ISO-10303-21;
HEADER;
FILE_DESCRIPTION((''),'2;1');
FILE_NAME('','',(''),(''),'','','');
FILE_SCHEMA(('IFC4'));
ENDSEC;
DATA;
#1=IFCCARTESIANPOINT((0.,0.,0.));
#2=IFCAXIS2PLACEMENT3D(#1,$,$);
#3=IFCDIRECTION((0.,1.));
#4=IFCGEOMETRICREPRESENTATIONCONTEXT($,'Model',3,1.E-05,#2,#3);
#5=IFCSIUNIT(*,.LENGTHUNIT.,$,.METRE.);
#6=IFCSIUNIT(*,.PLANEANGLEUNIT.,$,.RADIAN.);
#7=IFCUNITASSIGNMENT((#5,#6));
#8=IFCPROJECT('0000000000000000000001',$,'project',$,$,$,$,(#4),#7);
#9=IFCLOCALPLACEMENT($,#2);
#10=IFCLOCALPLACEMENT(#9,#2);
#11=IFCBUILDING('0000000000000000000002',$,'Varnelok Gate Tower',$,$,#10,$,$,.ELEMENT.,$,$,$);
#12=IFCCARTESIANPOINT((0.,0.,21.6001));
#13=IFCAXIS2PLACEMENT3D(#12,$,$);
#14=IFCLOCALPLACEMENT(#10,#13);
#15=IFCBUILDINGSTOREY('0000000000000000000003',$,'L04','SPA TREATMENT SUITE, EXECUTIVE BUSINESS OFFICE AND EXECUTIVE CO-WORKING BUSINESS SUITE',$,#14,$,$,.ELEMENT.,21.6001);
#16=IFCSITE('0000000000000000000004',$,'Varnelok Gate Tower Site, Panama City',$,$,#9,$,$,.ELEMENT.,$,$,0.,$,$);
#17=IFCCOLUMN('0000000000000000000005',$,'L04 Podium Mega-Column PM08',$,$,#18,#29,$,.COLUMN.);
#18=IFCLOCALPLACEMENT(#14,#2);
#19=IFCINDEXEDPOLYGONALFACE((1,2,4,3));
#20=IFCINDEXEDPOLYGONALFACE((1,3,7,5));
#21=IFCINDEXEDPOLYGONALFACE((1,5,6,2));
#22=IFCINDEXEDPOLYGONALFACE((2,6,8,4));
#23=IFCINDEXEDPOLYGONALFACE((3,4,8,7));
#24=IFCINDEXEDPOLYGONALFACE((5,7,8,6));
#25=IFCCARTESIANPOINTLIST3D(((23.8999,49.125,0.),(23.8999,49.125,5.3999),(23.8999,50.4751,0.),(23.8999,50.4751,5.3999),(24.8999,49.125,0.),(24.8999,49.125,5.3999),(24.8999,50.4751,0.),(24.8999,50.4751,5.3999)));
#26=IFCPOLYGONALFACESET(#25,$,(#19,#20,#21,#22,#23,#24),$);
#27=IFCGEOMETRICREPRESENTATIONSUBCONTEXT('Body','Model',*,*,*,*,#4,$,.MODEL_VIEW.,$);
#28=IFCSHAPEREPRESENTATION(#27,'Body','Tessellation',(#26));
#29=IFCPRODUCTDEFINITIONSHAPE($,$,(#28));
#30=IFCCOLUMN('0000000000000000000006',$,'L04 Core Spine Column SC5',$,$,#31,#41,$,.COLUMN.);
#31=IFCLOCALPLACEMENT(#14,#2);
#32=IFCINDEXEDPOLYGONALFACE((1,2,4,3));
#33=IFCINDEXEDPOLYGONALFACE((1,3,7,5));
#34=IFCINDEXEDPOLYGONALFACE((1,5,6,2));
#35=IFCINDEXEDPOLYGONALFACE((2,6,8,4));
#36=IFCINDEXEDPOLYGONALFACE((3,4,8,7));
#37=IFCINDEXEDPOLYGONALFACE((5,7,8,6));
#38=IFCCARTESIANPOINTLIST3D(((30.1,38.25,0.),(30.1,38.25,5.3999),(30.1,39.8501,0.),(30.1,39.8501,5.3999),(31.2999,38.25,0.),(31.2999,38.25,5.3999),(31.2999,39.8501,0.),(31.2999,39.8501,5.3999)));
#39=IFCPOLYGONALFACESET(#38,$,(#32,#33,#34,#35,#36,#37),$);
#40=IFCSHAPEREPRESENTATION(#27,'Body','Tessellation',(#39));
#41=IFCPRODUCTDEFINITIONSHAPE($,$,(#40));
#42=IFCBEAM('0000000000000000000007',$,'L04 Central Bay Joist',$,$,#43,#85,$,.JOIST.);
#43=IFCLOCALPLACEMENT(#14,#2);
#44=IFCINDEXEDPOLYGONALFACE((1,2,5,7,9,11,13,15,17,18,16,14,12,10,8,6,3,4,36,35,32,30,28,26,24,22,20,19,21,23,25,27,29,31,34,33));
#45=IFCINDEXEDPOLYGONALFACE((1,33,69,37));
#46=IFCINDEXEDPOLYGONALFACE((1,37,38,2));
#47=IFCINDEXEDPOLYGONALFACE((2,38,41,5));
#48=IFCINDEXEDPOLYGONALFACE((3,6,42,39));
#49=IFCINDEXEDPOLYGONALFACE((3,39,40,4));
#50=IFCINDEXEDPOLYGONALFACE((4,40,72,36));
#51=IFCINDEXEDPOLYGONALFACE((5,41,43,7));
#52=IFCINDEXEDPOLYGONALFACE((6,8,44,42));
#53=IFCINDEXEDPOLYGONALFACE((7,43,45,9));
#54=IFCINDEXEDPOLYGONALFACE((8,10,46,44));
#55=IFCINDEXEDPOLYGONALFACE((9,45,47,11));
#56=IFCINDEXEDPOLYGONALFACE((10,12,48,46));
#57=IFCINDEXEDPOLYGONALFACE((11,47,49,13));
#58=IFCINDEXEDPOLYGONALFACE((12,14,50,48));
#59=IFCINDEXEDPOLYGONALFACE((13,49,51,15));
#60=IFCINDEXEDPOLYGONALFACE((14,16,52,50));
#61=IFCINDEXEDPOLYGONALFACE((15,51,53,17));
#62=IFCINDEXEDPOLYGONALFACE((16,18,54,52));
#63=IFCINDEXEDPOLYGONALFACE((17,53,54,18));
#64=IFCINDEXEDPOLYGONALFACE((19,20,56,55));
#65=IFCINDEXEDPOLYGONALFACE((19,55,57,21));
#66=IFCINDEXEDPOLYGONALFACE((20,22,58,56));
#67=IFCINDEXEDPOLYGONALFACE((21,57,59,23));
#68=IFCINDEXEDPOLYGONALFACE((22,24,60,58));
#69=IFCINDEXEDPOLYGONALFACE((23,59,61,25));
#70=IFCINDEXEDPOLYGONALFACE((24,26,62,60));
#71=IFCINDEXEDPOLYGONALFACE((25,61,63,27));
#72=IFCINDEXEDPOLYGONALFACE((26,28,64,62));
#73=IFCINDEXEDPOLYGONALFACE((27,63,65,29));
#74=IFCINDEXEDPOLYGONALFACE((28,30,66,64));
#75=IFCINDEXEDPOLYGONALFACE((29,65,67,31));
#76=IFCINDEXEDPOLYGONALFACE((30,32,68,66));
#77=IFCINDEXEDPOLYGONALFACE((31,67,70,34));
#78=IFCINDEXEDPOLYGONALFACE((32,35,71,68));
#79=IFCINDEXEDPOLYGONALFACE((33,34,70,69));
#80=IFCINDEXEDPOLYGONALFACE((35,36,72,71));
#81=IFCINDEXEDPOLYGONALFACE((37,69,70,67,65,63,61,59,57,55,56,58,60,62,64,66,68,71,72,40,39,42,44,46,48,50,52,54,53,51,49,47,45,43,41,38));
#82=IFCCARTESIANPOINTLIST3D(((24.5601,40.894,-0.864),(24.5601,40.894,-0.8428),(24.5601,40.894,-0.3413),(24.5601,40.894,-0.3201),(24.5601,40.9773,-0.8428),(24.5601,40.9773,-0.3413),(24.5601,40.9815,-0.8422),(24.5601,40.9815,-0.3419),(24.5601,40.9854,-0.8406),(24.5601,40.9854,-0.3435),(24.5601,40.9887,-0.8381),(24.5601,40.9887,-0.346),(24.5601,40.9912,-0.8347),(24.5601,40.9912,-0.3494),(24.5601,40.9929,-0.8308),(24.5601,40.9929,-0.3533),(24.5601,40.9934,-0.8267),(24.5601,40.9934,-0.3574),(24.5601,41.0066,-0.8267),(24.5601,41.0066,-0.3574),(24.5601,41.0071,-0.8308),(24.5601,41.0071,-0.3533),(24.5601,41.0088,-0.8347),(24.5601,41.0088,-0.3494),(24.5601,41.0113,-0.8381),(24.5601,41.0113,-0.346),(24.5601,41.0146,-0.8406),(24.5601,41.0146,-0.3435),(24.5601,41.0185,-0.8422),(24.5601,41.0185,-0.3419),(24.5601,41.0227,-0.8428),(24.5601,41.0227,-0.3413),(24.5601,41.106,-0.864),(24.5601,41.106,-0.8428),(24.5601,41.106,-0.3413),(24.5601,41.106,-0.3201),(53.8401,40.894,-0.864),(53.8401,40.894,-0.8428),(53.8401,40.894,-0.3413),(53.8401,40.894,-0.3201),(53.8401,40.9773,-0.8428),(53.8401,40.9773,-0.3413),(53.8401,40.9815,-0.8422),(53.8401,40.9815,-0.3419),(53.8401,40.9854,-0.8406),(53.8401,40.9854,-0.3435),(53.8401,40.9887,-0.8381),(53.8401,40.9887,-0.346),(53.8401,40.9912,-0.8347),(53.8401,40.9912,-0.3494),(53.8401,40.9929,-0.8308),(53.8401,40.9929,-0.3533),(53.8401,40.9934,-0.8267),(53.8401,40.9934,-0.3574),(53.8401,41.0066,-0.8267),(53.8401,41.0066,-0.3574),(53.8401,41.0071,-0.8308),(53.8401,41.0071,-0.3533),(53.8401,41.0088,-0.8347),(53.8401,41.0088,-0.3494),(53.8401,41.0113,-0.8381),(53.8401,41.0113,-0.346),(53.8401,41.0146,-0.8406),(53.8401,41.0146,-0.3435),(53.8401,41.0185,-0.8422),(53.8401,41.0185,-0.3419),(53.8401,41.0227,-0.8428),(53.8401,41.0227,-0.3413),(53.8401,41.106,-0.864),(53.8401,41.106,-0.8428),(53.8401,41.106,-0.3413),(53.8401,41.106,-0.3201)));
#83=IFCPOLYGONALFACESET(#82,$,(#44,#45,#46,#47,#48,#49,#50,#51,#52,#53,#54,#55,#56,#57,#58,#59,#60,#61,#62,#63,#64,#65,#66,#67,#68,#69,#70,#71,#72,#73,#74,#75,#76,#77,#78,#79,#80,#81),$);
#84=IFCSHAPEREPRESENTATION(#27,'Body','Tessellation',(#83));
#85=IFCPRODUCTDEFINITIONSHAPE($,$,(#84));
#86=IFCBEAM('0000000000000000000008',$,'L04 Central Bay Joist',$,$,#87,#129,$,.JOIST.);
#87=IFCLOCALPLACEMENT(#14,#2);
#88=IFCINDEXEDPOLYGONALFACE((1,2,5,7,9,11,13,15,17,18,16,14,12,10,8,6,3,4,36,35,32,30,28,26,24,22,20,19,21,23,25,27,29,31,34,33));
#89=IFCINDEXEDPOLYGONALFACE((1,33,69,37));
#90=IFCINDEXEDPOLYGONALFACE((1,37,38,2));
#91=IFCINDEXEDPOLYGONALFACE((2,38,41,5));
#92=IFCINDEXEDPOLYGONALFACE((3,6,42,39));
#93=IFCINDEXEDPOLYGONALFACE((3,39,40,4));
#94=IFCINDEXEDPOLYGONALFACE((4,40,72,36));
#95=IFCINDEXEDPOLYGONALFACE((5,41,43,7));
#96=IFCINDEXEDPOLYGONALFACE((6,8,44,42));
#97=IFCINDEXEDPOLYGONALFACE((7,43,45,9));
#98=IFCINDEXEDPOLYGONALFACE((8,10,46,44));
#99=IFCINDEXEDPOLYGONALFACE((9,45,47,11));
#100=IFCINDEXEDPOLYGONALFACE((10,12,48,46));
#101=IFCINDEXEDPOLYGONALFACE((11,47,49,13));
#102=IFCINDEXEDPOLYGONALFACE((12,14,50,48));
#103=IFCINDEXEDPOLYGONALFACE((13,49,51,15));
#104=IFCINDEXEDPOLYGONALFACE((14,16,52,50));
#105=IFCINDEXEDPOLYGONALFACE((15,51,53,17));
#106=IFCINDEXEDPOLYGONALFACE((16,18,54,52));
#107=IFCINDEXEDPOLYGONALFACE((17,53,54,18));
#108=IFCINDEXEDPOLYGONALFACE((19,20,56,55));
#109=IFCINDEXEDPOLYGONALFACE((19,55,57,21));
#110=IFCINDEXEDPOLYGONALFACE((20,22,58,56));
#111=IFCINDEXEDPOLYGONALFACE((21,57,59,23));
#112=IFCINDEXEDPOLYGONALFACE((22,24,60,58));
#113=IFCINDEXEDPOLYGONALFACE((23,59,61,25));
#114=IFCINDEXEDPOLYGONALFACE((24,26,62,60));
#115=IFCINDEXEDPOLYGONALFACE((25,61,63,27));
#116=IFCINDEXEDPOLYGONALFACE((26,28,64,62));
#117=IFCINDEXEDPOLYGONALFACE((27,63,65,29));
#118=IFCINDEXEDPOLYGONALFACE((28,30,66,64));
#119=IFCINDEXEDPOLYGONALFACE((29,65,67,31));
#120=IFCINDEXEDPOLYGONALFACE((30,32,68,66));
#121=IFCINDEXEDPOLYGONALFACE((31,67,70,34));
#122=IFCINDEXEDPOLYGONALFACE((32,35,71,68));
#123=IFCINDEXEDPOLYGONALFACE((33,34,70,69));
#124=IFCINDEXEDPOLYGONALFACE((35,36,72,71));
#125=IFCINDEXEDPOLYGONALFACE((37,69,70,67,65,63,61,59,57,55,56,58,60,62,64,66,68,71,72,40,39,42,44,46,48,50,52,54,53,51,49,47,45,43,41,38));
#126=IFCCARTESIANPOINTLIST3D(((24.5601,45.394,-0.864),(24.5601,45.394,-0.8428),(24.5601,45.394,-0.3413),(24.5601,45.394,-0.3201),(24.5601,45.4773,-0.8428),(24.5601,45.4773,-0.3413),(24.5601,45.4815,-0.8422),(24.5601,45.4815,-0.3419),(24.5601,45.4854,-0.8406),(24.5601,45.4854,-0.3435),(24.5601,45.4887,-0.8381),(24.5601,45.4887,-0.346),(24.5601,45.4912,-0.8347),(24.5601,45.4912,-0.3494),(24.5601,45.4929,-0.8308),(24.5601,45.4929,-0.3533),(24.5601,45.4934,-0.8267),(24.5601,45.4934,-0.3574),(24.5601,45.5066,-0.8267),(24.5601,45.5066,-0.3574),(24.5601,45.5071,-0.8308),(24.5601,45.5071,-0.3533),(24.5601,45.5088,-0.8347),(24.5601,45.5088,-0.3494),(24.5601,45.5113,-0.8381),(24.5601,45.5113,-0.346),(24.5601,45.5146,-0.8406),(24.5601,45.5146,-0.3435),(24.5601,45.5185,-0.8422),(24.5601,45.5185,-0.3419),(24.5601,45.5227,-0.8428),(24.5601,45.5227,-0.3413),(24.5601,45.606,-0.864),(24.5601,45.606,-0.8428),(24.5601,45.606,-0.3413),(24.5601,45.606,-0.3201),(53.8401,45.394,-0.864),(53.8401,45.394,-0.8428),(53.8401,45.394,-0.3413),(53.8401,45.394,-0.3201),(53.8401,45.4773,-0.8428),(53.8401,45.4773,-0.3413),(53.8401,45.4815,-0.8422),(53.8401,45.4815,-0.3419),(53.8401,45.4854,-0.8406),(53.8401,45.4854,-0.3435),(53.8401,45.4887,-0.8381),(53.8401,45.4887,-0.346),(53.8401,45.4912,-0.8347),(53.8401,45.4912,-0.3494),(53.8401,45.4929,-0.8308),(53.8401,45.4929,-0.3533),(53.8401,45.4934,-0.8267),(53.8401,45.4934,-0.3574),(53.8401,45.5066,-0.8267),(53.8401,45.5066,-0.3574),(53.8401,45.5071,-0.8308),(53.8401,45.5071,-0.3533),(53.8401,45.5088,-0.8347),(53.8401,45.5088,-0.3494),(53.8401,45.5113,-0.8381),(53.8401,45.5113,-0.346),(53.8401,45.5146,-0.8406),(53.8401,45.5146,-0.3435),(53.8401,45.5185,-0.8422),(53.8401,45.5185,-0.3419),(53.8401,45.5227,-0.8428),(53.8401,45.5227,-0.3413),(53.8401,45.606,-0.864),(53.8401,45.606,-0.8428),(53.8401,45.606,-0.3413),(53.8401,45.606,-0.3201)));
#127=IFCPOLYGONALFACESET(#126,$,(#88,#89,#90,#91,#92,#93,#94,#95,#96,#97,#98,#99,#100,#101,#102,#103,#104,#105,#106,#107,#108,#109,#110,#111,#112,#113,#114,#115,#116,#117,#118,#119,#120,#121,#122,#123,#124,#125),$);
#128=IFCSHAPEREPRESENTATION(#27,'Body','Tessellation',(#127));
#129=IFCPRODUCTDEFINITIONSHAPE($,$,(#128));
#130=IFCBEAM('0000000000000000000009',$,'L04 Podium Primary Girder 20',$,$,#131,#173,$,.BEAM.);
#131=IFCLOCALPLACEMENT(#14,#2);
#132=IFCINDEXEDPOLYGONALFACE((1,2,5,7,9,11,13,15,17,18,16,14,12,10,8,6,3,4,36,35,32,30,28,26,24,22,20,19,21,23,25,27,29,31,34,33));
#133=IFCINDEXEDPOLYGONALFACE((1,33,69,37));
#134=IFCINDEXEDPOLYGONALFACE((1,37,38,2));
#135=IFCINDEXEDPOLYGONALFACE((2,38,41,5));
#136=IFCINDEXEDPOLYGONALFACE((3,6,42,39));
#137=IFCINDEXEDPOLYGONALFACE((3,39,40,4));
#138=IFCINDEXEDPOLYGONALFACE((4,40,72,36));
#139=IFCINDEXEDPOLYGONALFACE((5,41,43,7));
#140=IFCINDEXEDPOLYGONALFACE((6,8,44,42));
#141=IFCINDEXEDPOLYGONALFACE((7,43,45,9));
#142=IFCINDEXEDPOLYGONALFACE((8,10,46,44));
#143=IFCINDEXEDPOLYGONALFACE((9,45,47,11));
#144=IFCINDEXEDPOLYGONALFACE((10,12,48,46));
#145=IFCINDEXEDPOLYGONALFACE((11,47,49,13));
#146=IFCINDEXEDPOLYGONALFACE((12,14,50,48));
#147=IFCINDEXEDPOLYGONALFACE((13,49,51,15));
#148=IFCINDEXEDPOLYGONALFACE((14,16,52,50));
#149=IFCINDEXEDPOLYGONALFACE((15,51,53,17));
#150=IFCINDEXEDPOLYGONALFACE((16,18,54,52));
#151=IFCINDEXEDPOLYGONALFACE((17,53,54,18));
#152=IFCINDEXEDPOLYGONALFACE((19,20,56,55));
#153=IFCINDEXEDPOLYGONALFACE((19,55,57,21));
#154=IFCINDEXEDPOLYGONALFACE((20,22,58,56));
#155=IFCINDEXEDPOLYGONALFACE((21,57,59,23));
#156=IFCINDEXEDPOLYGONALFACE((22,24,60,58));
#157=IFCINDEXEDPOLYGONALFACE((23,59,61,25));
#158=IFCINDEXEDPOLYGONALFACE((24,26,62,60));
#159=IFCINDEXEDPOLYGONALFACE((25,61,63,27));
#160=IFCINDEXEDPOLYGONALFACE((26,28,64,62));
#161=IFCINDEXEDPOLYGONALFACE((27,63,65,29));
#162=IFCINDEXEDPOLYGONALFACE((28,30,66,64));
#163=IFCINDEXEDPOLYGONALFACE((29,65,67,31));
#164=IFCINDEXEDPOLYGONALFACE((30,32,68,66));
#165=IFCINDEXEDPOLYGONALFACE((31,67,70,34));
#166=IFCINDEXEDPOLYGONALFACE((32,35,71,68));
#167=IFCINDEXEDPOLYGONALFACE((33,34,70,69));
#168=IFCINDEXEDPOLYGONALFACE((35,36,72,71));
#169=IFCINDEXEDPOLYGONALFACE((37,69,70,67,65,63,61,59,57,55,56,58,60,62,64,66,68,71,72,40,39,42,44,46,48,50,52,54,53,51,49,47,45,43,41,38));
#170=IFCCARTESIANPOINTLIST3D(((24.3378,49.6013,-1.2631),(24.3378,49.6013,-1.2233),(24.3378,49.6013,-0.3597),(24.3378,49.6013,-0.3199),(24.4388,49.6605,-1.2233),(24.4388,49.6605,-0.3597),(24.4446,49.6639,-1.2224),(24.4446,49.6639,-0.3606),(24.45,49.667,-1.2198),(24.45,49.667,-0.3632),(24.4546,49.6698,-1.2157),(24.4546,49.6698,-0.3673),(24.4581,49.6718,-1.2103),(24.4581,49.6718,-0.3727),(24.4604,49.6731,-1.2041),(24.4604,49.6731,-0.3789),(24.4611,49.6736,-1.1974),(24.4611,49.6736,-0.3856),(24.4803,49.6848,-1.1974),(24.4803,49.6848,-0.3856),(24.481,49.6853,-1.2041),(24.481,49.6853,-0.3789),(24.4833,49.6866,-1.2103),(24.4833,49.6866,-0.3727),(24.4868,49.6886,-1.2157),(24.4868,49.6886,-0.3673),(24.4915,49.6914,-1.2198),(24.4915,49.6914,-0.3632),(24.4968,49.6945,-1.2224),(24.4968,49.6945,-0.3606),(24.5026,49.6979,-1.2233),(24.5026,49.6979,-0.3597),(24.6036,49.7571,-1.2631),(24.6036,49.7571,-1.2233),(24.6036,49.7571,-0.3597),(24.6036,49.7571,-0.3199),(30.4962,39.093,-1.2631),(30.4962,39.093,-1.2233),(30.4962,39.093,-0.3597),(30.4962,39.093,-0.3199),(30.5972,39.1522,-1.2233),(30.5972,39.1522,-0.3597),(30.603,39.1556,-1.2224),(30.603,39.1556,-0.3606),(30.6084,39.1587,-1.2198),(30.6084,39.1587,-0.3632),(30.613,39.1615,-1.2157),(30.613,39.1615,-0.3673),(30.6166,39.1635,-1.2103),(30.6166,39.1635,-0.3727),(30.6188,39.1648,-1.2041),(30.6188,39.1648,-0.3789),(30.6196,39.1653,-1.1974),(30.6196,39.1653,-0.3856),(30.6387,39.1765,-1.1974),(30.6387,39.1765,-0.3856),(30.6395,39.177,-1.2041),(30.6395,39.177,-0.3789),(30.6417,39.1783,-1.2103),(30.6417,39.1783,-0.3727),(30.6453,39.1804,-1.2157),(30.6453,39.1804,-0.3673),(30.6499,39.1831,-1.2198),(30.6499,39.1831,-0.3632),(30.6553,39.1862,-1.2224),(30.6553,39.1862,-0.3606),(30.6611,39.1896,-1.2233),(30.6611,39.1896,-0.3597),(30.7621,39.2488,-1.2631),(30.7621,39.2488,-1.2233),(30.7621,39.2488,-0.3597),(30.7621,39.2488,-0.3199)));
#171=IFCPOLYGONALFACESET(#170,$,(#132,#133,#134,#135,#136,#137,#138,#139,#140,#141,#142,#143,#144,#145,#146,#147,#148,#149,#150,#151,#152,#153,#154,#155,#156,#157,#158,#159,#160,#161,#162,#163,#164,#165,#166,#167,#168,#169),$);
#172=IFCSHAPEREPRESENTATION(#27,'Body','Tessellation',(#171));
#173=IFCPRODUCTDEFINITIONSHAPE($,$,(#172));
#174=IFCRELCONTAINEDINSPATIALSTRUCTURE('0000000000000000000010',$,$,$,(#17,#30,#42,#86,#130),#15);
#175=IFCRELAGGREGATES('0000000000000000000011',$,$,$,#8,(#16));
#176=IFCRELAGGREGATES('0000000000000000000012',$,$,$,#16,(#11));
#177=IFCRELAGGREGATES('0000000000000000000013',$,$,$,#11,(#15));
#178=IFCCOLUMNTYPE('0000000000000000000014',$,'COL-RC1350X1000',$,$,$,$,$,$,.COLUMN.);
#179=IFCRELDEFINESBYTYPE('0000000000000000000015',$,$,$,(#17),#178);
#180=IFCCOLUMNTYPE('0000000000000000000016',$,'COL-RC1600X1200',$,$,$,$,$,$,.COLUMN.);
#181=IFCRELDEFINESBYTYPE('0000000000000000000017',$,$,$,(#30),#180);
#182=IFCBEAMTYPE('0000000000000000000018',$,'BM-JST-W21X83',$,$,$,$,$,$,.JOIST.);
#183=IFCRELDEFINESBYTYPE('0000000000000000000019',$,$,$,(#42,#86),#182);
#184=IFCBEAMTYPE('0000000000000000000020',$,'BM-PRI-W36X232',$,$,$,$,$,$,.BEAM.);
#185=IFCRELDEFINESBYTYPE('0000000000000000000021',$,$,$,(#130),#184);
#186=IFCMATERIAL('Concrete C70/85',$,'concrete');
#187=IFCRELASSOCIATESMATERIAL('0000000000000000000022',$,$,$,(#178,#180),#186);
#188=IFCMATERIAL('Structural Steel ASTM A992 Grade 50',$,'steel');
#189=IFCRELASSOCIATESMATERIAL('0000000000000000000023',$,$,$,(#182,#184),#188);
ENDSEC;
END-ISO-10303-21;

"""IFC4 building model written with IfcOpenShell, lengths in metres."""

from ifc_helpers import new_model, si_unit, direction, frame, origin, origin_2d, place, context, subcontext, project, spatial, rectangle, i_section, extrude, material, material_profile, profile_set, type_object, element, save


model = new_model("IFC4")

# Units and contexts
model_context = context("Model", 3, precision=1e-05, world=origin(), true_north=direction((0.0, 1.0)))
body_context = subcontext(model_context, "Body", "Model", "MODEL_VIEW")
ifc_project = project(units=[si_unit("LENGTHUNIT", "METRE"), si_unit("PLANEANGLEUNIT", "RADIAN")], contexts=[model_context])

# Site, building, storey
site_placement = place(None, origin())
site = spatial("IfcSite", under=ifc_project, at=site_placement, Name="Varnelok Gate Tower Site, Panama City", CompositionType="ELEMENT", RefElevation=0.0)
building_placement = place(site_placement, origin())
building = spatial("IfcBuilding", under=site, at=building_placement, Name="Varnelok Gate Tower", CompositionType="ELEMENT")
storey_placement = place(building_placement, frame((0.0, 0.0, 21.6001)))
storey = spatial("IfcBuildingStorey", under=building, at=storey_placement, Name="L04", Description="SPA TREATMENT SUITE, EXECUTIVE BUSINESS OFFICE AND EXECUTIVE CO-WORKING BUSINESS SUITE", CompositionType="ELEMENT", Elevation=21.6001)

# Columns
ifc_material_1 = material(Name="Concrete C70/85", Category="concrete")
ifc_material_profile_1 = material_profile(ifc_material_1, rectangle(XDim=1.0, YDim=1.3501, at=origin_2d()), Name="RC1350X1000")
ifc_profile_set_1 = profile_set([ifc_material_profile_1], Name="Concrete C70/85")
column_type_1 = type_object("IfcColumnType", Name="COL-RC1350X1000", PredefinedType="COLUMN", material=ifc_profile_set_1)
column_1_placement = place(storey_placement, frame((24.3999, 49.8, 0.0), z_axis=(0.0, 0.0, 1.0), x_axis=(1.0, 0.0, 0.0)))
element("IfcColumn", 1, at=column_1_placement, inside=storey, type_object=column_type_1, Name="L04 Podium Mega-Column PM08", PredefinedType="COLUMN", context=body_context, shape_type="SweptSolid", body=[
    extrude(rectangle(XDim=1.0, YDim=1.3501, at=origin_2d()), origin(), (0.0, 0.0, 1.0), 5.3999),
])
ifc_material_profile_2 = material_profile(ifc_material_1, rectangle(XDim=1.2, YDim=1.6001, at=origin_2d()), Name="RC1600X1200")
ifc_profile_set_2 = profile_set([ifc_material_profile_2], Name="Concrete C70/85")
column_type_2 = type_object("IfcColumnType", Name="COL-RC1600X1200", PredefinedType="COLUMN", material=ifc_profile_set_2)
column_2_placement = place(storey_placement, frame((30.7, 39.05, 0.0), z_axis=(0.0, 0.0, 1.0), x_axis=(1.0, 0.0, 0.0)))
element("IfcColumn", 2, at=column_2_placement, inside=storey, type_object=column_type_2, Name="L04 Core Spine Column SC5", PredefinedType="COLUMN", context=body_context, shape_type="SweptSolid", body=[
    extrude(rectangle(XDim=1.2, YDim=1.6001, at=origin_2d()), origin(), (0.0, 0.0, 1.0), 5.3999),
])

# Beams
ifc_material_2 = material(Name="Structural Steel ASTM A992 Grade 50", Category="steel")
ifc_material_profile_3 = material_profile(ifc_material_2, i_section(OverallWidth=0.2119, OverallDepth=0.5439, WebThickness=0.0132, FlangeThickness=0.0212, FilletRadius=0.0161, at=origin_2d()), Name="W21X83")
ifc_profile_set_3 = profile_set([ifc_material_profile_3], Name="Structural Steel ASTM A992 Grade 50")
beam_type_1 = type_object("IfcBeamType", Name="BM-JST-W21X83", PredefinedType="JOIST", material=ifc_profile_set_3)
for number, where, z_axis, x_axis, name in (
    (3, (24.5601, 41.0, -0.592), (1.0, 0.0, 0.0), (0.0, 1.0, 0.0), "L04 Central Bay Joist"),
    (4, (24.5601, 45.5, -0.592), (1.0, 0.0, 0.0), (0.0, 1.0, 0.0), "L04 Central Bay Joist"),
):
    element("IfcBeam", number, at=place(storey_placement, frame(where, z_axis=z_axis, x_axis=x_axis)), inside=storey, type_object=beam_type_1, Name=name, PredefinedType="JOIST", context=body_context, shape_type="SweptSolid", body=[
        extrude(i_section(OverallWidth=0.2119, OverallDepth=0.5439, WebThickness=0.0132, FlangeThickness=0.0212, FilletRadius=0.0161, at=origin_2d()), origin(), (0.0, 0.0, 1.0), 29.28),
    ])
ifc_material_profile_4 = material_profile(ifc_material_2, i_section(OverallWidth=0.3081, OverallDepth=0.9431, WebThickness=0.0222, FlangeThickness=0.0398, FilletRadius=0.0259, at=origin_2d()), Name="W36X232")
ifc_profile_set_4 = profile_set([ifc_material_profile_4], Name="Structural Steel ASTM A992 Grade 50")
beam_type_2 = type_object("IfcBeamType", Name="BM-PRI-W36X232", PredefinedType="BEAM", material=ifc_profile_set_4)
beam_1_placement = place(storey_placement, frame((24.4707, 49.6792, -0.7915), z_axis=(0.505622, -0.862755, 0.0), x_axis=(0.862755, 0.505622, 0.0)))
element("IfcBeam", 5, at=beam_1_placement, inside=storey, type_object=beam_type_2, Name="L04 Podium Primary Girder 20", PredefinedType="BEAM", context=body_context, shape_type="SweptSolid", body=[
    extrude(i_section(OverallWidth=0.3081, OverallDepth=0.9431, WebThickness=0.0222, FlangeThickness=0.0398, FilletRadius=0.0259, at=origin_2d()), origin(), (0.0, 0.0, 1.0), 12.1799),
])

save(model, "model.ifc")
